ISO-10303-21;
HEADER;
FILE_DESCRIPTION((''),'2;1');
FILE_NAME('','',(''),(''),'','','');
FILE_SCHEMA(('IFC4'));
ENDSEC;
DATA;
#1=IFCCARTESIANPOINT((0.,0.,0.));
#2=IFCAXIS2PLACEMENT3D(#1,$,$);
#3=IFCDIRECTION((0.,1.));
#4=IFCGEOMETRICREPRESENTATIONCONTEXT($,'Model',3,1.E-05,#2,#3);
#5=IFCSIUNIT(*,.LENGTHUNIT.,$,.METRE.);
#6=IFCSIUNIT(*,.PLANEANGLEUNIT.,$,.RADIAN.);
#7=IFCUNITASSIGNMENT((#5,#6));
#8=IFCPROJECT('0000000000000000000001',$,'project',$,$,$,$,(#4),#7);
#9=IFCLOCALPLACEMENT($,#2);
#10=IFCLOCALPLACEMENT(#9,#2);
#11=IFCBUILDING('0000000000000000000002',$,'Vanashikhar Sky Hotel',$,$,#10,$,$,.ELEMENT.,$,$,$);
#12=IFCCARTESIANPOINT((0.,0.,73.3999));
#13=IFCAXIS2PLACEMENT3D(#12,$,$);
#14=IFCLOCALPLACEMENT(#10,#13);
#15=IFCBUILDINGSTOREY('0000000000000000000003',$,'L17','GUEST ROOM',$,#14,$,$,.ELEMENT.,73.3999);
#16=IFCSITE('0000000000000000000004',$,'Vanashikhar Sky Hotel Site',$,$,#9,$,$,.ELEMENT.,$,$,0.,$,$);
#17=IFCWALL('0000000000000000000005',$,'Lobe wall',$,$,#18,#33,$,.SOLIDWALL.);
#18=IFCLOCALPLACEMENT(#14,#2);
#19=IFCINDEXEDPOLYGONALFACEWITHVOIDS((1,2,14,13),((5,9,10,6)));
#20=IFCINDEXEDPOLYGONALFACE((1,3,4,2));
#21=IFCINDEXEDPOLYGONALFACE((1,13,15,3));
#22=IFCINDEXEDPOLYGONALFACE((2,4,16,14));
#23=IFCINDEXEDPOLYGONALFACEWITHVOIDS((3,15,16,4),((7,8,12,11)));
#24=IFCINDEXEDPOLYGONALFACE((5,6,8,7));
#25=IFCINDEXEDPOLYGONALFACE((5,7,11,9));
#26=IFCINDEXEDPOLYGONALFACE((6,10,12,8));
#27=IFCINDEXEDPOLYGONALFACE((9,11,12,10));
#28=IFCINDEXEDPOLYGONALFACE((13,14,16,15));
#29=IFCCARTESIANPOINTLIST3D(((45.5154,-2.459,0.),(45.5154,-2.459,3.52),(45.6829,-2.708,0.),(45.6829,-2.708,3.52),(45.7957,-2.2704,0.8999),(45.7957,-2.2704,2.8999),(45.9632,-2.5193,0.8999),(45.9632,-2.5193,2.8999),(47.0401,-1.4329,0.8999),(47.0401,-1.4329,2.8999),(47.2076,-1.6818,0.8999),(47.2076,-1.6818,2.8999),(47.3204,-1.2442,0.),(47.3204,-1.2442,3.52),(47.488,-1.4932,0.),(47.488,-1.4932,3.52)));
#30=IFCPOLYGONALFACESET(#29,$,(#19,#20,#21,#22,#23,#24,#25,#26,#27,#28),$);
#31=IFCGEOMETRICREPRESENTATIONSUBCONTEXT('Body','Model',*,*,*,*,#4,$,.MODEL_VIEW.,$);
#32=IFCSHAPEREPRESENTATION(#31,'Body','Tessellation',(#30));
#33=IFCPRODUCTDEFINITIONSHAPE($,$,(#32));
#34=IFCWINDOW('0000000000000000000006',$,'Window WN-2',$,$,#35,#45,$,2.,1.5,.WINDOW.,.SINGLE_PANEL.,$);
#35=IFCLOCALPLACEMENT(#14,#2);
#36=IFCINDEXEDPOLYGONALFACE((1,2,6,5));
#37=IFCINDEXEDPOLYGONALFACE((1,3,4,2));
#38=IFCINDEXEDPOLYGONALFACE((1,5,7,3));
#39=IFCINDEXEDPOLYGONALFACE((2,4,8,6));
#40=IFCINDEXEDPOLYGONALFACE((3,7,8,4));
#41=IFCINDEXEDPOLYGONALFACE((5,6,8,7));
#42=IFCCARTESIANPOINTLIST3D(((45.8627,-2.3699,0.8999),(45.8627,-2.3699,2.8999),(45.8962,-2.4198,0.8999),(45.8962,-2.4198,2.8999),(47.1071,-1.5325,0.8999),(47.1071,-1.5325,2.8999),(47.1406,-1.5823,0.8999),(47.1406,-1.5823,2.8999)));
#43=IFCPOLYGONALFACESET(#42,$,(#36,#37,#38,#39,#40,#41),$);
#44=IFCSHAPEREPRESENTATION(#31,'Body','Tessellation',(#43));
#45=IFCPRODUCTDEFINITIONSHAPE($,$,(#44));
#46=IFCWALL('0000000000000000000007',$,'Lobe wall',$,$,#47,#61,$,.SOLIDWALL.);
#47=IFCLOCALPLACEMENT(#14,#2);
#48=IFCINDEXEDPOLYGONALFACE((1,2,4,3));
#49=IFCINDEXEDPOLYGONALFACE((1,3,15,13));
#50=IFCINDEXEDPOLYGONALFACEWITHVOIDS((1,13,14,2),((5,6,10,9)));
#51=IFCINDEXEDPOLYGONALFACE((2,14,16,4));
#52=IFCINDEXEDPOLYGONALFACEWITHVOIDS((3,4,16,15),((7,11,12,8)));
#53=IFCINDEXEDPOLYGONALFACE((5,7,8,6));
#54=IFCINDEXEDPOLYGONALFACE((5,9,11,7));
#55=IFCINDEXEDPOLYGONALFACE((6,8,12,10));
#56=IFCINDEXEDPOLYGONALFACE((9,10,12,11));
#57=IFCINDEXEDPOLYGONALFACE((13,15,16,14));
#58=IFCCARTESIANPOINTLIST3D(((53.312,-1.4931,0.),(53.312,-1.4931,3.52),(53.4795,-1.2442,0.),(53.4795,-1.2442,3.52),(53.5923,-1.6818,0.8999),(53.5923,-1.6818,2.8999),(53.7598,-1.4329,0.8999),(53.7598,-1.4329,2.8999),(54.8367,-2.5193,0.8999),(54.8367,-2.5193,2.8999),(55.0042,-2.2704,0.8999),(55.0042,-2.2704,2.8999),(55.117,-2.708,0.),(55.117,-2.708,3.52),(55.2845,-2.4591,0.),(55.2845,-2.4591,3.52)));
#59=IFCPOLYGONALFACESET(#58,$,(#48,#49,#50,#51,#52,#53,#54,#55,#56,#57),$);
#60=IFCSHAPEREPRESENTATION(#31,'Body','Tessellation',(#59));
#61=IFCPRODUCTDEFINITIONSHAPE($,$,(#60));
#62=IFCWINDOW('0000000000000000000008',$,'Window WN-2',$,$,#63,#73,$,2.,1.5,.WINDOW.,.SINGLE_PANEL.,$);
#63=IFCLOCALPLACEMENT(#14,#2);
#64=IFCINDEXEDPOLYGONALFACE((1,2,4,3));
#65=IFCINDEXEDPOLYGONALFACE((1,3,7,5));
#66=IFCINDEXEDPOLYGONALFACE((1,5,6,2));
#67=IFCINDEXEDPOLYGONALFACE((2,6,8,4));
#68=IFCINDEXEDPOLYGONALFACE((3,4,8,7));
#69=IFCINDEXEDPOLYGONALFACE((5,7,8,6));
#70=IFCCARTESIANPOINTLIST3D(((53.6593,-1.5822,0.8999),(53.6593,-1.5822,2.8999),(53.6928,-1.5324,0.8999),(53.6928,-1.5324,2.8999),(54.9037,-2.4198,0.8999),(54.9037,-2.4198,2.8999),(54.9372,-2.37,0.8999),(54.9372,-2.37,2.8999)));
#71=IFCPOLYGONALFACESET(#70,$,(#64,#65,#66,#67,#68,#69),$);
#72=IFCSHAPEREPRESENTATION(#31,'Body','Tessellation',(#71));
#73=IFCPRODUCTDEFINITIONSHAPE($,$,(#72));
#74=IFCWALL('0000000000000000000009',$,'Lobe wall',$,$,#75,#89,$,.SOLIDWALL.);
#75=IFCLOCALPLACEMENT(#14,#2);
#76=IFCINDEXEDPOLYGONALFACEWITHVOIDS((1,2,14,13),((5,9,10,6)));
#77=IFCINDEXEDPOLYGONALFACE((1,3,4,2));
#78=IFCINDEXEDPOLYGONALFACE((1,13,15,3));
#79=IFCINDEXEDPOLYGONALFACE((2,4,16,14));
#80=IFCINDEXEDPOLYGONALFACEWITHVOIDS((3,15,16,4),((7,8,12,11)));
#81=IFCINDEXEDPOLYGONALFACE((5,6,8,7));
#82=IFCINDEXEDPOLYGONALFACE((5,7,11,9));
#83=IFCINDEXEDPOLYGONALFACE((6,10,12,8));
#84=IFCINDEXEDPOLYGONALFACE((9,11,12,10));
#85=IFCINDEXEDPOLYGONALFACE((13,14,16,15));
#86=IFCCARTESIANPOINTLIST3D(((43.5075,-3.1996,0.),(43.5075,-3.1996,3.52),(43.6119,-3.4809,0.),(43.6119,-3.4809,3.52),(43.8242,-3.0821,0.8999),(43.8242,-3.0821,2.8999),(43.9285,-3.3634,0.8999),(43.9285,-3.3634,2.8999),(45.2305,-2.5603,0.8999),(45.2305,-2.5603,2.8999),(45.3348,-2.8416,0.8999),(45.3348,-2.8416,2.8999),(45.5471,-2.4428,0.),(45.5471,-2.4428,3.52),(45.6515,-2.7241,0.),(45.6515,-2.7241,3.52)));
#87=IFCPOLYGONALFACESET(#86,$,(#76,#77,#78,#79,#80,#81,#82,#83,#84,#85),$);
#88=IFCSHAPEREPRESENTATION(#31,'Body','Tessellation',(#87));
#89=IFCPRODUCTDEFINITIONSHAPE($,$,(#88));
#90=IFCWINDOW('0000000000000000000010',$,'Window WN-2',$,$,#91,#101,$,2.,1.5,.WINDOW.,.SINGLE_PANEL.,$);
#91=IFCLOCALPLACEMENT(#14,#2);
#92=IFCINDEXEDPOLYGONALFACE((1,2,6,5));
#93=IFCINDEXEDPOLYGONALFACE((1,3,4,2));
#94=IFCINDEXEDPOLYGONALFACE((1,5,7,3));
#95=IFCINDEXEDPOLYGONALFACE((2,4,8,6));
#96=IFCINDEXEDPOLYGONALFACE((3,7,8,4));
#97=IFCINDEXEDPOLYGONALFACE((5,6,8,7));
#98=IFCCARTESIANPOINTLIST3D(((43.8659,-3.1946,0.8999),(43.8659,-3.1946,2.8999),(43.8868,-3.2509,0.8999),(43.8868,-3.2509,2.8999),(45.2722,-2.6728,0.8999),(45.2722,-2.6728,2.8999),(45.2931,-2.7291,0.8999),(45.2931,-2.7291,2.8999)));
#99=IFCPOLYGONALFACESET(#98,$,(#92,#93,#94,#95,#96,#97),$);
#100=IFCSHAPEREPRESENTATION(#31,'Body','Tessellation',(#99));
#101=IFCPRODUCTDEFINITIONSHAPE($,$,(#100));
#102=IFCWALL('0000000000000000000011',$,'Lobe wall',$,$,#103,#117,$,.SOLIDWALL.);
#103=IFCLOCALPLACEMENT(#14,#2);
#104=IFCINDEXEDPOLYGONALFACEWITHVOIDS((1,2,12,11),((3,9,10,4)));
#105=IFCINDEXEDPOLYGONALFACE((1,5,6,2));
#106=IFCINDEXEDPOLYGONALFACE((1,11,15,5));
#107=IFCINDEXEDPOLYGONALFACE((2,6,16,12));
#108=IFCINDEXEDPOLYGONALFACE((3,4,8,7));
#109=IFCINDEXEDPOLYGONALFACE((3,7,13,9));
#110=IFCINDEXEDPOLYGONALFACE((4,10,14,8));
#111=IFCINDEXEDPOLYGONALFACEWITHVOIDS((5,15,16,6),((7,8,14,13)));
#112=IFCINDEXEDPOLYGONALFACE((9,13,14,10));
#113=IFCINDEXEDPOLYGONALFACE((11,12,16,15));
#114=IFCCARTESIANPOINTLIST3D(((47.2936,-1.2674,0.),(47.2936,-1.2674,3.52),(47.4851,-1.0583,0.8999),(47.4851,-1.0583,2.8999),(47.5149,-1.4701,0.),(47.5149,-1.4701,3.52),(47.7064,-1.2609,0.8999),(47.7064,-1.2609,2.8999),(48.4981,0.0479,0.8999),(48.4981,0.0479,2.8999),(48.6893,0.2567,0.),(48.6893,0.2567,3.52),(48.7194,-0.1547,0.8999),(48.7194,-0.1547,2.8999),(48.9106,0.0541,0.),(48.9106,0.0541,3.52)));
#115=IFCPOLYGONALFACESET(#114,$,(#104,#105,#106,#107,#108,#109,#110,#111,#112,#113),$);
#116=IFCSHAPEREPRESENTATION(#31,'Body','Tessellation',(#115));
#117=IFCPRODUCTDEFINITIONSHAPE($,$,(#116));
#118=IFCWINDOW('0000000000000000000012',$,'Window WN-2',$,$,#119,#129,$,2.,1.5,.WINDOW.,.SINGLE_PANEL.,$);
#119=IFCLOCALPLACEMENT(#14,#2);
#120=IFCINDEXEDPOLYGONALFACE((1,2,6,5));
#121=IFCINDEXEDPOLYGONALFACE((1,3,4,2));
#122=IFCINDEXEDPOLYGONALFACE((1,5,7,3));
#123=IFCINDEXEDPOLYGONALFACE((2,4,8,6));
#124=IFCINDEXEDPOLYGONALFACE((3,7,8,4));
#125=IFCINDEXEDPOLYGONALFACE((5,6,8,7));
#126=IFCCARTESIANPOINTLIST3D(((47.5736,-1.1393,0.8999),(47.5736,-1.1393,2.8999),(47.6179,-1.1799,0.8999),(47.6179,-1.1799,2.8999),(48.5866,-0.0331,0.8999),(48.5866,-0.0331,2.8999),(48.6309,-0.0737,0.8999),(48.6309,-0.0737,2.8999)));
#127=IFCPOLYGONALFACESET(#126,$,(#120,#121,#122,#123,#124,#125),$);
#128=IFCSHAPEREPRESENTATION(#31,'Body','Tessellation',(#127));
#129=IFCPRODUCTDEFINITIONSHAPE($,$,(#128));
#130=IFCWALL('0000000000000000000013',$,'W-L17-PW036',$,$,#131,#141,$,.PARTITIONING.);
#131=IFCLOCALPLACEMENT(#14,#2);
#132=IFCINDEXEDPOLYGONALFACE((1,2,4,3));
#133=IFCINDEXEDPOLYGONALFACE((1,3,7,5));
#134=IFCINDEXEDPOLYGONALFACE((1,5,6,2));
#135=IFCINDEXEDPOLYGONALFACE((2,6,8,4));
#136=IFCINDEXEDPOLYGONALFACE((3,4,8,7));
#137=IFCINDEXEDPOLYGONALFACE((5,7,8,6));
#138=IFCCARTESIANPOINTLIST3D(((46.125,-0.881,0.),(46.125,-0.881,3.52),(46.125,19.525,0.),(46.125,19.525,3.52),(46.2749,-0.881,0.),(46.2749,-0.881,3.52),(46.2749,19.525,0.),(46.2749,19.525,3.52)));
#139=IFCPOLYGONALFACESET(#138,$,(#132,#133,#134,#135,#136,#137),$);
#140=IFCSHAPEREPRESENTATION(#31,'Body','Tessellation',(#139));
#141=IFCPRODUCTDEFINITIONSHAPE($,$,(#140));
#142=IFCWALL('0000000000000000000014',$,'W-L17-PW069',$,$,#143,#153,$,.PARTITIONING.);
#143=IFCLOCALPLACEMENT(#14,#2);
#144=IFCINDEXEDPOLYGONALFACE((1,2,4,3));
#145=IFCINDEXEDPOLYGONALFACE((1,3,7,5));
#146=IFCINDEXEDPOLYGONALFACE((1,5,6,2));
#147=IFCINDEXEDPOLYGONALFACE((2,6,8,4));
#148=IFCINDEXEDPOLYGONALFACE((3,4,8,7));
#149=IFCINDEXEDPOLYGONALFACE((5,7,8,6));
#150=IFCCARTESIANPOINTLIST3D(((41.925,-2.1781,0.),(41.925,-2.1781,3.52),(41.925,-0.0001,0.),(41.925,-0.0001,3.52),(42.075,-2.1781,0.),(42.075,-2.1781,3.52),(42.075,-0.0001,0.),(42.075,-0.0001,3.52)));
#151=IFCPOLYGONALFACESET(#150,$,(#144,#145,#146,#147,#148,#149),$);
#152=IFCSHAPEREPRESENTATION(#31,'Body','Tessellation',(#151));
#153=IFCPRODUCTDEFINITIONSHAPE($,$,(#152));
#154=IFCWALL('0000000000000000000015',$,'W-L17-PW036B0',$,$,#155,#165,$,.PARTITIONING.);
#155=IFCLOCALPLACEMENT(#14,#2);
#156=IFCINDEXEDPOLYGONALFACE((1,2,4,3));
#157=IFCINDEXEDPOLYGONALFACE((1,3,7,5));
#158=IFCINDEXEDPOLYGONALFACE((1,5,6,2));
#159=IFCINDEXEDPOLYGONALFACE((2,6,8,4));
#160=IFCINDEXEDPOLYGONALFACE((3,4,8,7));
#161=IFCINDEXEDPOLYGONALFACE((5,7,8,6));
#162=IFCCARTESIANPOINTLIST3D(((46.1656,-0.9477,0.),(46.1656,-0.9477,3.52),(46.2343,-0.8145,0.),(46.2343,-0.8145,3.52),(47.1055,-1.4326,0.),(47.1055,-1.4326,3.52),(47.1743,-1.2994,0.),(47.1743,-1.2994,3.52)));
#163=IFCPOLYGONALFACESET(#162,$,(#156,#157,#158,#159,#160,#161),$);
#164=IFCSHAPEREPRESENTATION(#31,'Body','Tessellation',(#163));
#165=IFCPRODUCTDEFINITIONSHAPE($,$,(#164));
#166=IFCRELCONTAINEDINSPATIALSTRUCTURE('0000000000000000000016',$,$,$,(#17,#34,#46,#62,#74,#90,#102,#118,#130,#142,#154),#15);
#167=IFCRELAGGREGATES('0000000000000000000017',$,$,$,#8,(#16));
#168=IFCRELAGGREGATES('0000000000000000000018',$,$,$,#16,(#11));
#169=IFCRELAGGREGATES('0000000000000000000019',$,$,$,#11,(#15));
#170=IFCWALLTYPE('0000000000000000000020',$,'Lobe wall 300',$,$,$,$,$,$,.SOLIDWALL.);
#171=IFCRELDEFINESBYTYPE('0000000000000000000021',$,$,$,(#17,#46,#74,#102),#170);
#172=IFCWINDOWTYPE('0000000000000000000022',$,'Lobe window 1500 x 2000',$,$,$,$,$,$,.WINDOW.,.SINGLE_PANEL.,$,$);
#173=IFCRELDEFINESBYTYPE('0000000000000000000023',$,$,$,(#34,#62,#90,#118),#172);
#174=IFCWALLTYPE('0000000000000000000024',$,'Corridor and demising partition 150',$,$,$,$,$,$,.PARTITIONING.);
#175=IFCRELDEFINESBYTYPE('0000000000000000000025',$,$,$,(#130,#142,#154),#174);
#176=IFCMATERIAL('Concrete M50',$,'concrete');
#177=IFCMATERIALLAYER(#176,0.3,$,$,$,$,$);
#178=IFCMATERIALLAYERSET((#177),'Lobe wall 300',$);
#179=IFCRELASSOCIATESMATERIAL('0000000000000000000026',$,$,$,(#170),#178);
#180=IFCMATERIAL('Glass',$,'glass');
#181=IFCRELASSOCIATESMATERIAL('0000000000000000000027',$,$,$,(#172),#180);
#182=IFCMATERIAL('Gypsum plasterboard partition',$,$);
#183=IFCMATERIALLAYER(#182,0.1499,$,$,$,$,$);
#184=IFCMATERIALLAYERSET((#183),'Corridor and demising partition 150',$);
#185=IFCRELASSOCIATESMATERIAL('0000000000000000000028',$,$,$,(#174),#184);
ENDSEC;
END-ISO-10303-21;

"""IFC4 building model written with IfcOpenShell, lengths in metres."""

from ifc_helpers import new_model, si_unit, direction, frame, frame_2d, origin, place, context, subcontext, project, spatial, rectangle, extrude, source, transform, mapped, material, layer, layer_set, type_object, element, fill, save


model = new_model("IFC4")

# Units and contexts
model_context = context("Model", 3, precision=1e-05, world=origin(), true_north=direction((0.0, 1.0)))
body_context = subcontext(model_context, "Body", "Model", "MODEL_VIEW")
ifc_project = project(units=[si_unit("LENGTHUNIT", "METRE"), si_unit("PLANEANGLEUNIT", "RADIAN")], contexts=[model_context])

# Site, building, storey
site_placement = place(None, origin())
site = spatial("IfcSite", under=ifc_project, at=site_placement, Name="Vanashikhar Sky Hotel Site", CompositionType="ELEMENT", RefElevation=0.0)
building_placement = place(site_placement, origin())
building = spatial("IfcBuilding", under=site, at=building_placement, Name="Vanashikhar Sky Hotel", CompositionType="ELEMENT")
storey_placement = place(building_placement, frame((0.0, 0.0, 73.3999)))
storey = spatial("IfcBuildingStorey", under=building, at=storey_placement, Name="L17", Description="GUEST ROOM", CompositionType="ELEMENT", Elevation=73.3999)

# Walls, openings, windows
ifc_material_1 = material(Name="Concrete M50", Category="concrete")
ifc_layer_1 = layer(ifc_material_1, 0.3)
ifc_layer_set_1 = layer_set([ifc_layer_1], Name="Lobe wall 300")
wall_type_1 = type_object("IfcWallType", Name="Lobe wall 300", PredefinedType="SOLIDWALL", material=ifc_layer_set_1)
shared_shape_1 = source(origin(), body_context, "Body", "SweptSolid", [
    extrude(rectangle(XDim=2.1758, YDim=0.3, at=frame_2d((1.0879, 0.0))), origin(), (0.0, 0.0, 1.0), 3.52),
])
wall_1_placement = place(storey_placement, frame((45.5991, -2.5835, 0.0), z_axis=(0.0, 0.0, 1.0), x_axis=(0.829626, 0.55832, 0.0)))
wall_1 = element("IfcWall", 1, at=wall_1_placement, inside=storey, type_object=wall_type_1, Name="Lobe wall", PredefinedType="SOLIDWALL", context=body_context, shape_type="MappedRepresentation", body=[
    mapped(shared_shape_1, transform((0.0, 0.0, 0.0), scale=1.0)),
])
shared_shape_2 = source(origin(), body_context, "Body", "SweptSolid", [
    extrude(rectangle(XDim=1.5, YDim=2.0, at=frame_2d((0.75, 1.0))), frame((0.0, 0.1602, 0.0), z_axis=(0.0, -1.0, 0.0), x_axis=(1.0, 0.0, 0.0)), (0.0, 0.0, 1.0), 0.3201),
])
opening_1_placement = place(wall_1_placement, frame((0.3379, 0.0, 0.8999)))
opening_1 = element("IfcOpeningElement", 2, at=opening_1_placement, cuts=wall_1, PredefinedType="OPENING", context=body_context, shape_type="MappedRepresentation", body=[
    mapped(shared_shape_2, transform((0.0, 0.0, 0.0), scale=1.0)),
])
ifc_material_2 = material(Name="Glass", Category="glass")
window_type = type_object("IfcWindowType", Name="Lobe window 1500 x 2000", PartitioningType="SINGLE_PANEL", PredefinedType="WINDOW", material=ifc_material_2)
shared_shape_3 = source(origin(), body_context, "Body", "SweptSolid", [
    extrude(rectangle(XDim=1.5, YDim=2.0, at=frame_2d((0.75, 1.0))), frame((0.0, 0.03, 0.0), z_axis=(0.0, -1.0, 0.0), x_axis=(1.0, 0.0, 0.0)), (0.0, 0.0, 1.0), 0.0601),
])
window_1_placement = place(opening_1_placement, origin())
window_1 = element("IfcWindow", 3, at=window_1_placement, inside=storey, type_object=window_type, Name="Window WN-2", OverallHeight=2.0, OverallWidth=1.5, PartitioningType="SINGLE_PANEL", PredefinedType="WINDOW", context=body_context, shape_type="MappedRepresentation", body=[
    mapped(shared_shape_3, transform((0.0, 0.0, 0.0), scale=1.0)),
])
fill(opening_1, window_1)
wall_2_placement = place(storey_placement, frame((53.3958, -1.3687, 0.0), z_axis=(0.0, 0.0, 1.0), x_axis=(0.829591, -0.558372, 0.0)))
wall_2 = element("IfcWall", 4, at=wall_2_placement, inside=storey, type_object=wall_type_1, Name="Lobe wall", PredefinedType="SOLIDWALL", context=body_context, shape_type="MappedRepresentation", body=[
    mapped(shared_shape_1, transform((0.0, 0.0, 0.0), scale=1.0)),
])
opening_2_placement = place(wall_2_placement, frame((0.3379, 0.0, 0.8999)))
opening_2 = element("IfcOpeningElement", 5, at=opening_2_placement, cuts=wall_2, PredefinedType="OPENING", context=body_context, shape_type="MappedRepresentation", body=[
    mapped(shared_shape_2, transform((0.0, 0.0, 0.0), scale=1.0)),
])
window_2_placement = place(opening_2_placement, origin())
window_2 = element("IfcWindow", 6, at=window_2_placement, inside=storey, type_object=window_type, Name="Window WN-2", OverallHeight=2.0, OverallWidth=1.5, PartitioningType="SINGLE_PANEL", PredefinedType="WINDOW", context=body_context, shape_type="MappedRepresentation", body=[
    mapped(shared_shape_3, transform((0.0, 0.0, 0.0), scale=1.0)),
])
fill(opening_2, window_2)
shared_shape_4 = source(origin(), body_context, "Body", "SweptSolid", [
    extrude(rectangle(XDim=2.1755, YDim=0.3, at=frame_2d((1.0879, 0.0))), origin(), (0.0, 0.0, 1.0), 3.52),
])
wall_3_placement = place(storey_placement, frame((43.5596, -3.3403, 0.0), z_axis=(0.0, 0.0, 1.0), x_axis=(0.937532, 0.347899, 0.0)))
wall_3 = element("IfcWall", 7, at=wall_3_placement, inside=storey, type_object=wall_type_1, Name="Lobe wall", PredefinedType="SOLIDWALL", context=body_context, shape_type="MappedRepresentation", body=[
    mapped(shared_shape_4, transform((0.0, 0.0, 0.0), scale=1.0)),
])
opening_3_placement = place(wall_3_placement, frame((0.3379, 0.0, 0.8999)))
opening_3 = element("IfcOpeningElement", 8, at=opening_3_placement, cuts=wall_3, PredefinedType="OPENING", context=body_context, shape_type="MappedRepresentation", body=[
    mapped(shared_shape_2, transform((0.0, 0.0, 0.0), scale=1.0)),
])
window_3_placement = place(opening_3_placement, origin())
window_3 = element("IfcWindow", 9, at=window_3_placement, inside=storey, type_object=window_type, Name="Window WN-2", OverallHeight=2.0, OverallWidth=1.5, PartitioningType="SINGLE_PANEL", PredefinedType="WINDOW", context=body_context, shape_type="MappedRepresentation", body=[
    mapped(shared_shape_3, transform((0.0, 0.0, 0.0), scale=1.0)),
])
fill(opening_3, window_3)
shared_shape_5 = source(origin(), body_context, "Body", "SweptSolid", [
    extrude(rectangle(XDim=2.0667, YDim=0.3, at=frame_2d((1.0332, 0.0))), origin(), (0.0, 0.0, 1.0), 3.52),
])
wall_4_placement = place(storey_placement, frame((47.4043, -1.3687, 0.0), z_axis=(0.0, 0.0, 1.0), x_axis=(0.675355, 0.737492, 0.0)))
wall_4 = element("IfcWall", 10, at=wall_4_placement, inside=storey, type_object=wall_type_1, Name="Lobe wall", PredefinedType="SOLIDWALL", context=body_context, shape_type="MappedRepresentation", body=[
    mapped(shared_shape_5, transform((0.0, 0.0, 0.0), scale=1.0)),
])
opening_4_placement = place(wall_4_placement, frame((0.2834, 0.0, 0.8999)))
opening_4 = element("IfcOpeningElement", 11, at=opening_4_placement, cuts=wall_4, PredefinedType="OPENING", context=body_context, shape_type="MappedRepresentation", body=[
    mapped(shared_shape_2, transform((0.0, 0.0, 0.0), scale=1.0)),
])
window_4_placement = place(opening_4_placement, origin())
window_4 = element("IfcWindow", 12, at=window_4_placement, inside=storey, type_object=window_type, Name="Window WN-2", OverallHeight=2.0, OverallWidth=1.5, PartitioningType="SINGLE_PANEL", PredefinedType="WINDOW", context=body_context, shape_type="MappedRepresentation", body=[
    mapped(shared_shape_3, transform((0.0, 0.0, 0.0), scale=1.0)),
])
fill(opening_4, window_4)

# Walls
ifc_material_3 = material(Name="Gypsum plasterboard partition")
ifc_layer_2 = layer(ifc_material_3, 0.1499)
ifc_layer_set_2 = layer_set([ifc_layer_2], Name="Corridor and demising partition 150")
wall_type_2 = type_object("IfcWallType", Name="Corridor and demising partition 150", PredefinedType="PARTITIONING", material=ifc_layer_set_2)
shared_shape_6 = source(origin(), body_context, "Body", "SweptSolid", [
    extrude(rectangle(XDim=20.406, YDim=0.1499, at=frame_2d((10.2031, 0.0))), origin(), (0.0, 0.0, 1.0), 3.52),
])
wall_5_placement = place(storey_placement, frame((46.2, -0.8811, 0.0), z_axis=(0.0, 0.0, 1.0), x_axis=(0.0, 1.0, 0.0)))
element("IfcWall", 13, at=wall_5_placement, inside=storey, type_object=wall_type_2, Name="W-L17-PW036", PredefinedType="PARTITIONING", context=body_context, shape_type="MappedRepresentation", body=[
    mapped(shared_shape_6, transform((0.0, 0.0, 0.0), scale=1.0)),
])
shared_shape_7 = source(origin(), body_context, "Body", "SweptSolid", [
    extrude(rectangle(XDim=2.178, YDim=0.1499, at=frame_2d((1.0889, 0.0))), origin(), (0.0, 0.0, 1.0), 3.52),
])
wall_6_placement = place(storey_placement, frame((42.0, -2.178, 0.0), z_axis=(0.0, 0.0, 1.0), x_axis=(0.0, 1.0, 0.0)))
element("IfcWall", 14, at=wall_6_placement, inside=storey, type_object=wall_type_2, Name="W-L17-PW069", PredefinedType="PARTITIONING", context=body_context, shape_type="MappedRepresentation", body=[
    mapped(shared_shape_7, transform((0.0, 0.0, 0.0), scale=1.0)),
])
shared_shape_8 = source(origin(), body_context, "Body", "SweptSolid", [
    extrude(rectangle(XDim=1.0576, YDim=0.1499, at=frame_2d((0.5288, 0.0))), origin(), (0.0, 0.0, 1.0), 3.52),
])
wall_7_placement = place(storey_placement, frame((47.1399, -1.366, 0.0), z_axis=(0.0, 0.0, 1.0), x_axis=(-0.888724, 0.458443, 0.0)))
element("IfcWall", 15, at=wall_7_placement, inside=storey, type_object=wall_type_2, Name="W-L17-PW036B0", PredefinedType="PARTITIONING", context=body_context, shape_type="MappedRepresentation", body=[
    mapped(shared_shape_8, transform((0.0, 0.0, 0.0), scale=1.0)),
])

save(model, "model.ifc")
